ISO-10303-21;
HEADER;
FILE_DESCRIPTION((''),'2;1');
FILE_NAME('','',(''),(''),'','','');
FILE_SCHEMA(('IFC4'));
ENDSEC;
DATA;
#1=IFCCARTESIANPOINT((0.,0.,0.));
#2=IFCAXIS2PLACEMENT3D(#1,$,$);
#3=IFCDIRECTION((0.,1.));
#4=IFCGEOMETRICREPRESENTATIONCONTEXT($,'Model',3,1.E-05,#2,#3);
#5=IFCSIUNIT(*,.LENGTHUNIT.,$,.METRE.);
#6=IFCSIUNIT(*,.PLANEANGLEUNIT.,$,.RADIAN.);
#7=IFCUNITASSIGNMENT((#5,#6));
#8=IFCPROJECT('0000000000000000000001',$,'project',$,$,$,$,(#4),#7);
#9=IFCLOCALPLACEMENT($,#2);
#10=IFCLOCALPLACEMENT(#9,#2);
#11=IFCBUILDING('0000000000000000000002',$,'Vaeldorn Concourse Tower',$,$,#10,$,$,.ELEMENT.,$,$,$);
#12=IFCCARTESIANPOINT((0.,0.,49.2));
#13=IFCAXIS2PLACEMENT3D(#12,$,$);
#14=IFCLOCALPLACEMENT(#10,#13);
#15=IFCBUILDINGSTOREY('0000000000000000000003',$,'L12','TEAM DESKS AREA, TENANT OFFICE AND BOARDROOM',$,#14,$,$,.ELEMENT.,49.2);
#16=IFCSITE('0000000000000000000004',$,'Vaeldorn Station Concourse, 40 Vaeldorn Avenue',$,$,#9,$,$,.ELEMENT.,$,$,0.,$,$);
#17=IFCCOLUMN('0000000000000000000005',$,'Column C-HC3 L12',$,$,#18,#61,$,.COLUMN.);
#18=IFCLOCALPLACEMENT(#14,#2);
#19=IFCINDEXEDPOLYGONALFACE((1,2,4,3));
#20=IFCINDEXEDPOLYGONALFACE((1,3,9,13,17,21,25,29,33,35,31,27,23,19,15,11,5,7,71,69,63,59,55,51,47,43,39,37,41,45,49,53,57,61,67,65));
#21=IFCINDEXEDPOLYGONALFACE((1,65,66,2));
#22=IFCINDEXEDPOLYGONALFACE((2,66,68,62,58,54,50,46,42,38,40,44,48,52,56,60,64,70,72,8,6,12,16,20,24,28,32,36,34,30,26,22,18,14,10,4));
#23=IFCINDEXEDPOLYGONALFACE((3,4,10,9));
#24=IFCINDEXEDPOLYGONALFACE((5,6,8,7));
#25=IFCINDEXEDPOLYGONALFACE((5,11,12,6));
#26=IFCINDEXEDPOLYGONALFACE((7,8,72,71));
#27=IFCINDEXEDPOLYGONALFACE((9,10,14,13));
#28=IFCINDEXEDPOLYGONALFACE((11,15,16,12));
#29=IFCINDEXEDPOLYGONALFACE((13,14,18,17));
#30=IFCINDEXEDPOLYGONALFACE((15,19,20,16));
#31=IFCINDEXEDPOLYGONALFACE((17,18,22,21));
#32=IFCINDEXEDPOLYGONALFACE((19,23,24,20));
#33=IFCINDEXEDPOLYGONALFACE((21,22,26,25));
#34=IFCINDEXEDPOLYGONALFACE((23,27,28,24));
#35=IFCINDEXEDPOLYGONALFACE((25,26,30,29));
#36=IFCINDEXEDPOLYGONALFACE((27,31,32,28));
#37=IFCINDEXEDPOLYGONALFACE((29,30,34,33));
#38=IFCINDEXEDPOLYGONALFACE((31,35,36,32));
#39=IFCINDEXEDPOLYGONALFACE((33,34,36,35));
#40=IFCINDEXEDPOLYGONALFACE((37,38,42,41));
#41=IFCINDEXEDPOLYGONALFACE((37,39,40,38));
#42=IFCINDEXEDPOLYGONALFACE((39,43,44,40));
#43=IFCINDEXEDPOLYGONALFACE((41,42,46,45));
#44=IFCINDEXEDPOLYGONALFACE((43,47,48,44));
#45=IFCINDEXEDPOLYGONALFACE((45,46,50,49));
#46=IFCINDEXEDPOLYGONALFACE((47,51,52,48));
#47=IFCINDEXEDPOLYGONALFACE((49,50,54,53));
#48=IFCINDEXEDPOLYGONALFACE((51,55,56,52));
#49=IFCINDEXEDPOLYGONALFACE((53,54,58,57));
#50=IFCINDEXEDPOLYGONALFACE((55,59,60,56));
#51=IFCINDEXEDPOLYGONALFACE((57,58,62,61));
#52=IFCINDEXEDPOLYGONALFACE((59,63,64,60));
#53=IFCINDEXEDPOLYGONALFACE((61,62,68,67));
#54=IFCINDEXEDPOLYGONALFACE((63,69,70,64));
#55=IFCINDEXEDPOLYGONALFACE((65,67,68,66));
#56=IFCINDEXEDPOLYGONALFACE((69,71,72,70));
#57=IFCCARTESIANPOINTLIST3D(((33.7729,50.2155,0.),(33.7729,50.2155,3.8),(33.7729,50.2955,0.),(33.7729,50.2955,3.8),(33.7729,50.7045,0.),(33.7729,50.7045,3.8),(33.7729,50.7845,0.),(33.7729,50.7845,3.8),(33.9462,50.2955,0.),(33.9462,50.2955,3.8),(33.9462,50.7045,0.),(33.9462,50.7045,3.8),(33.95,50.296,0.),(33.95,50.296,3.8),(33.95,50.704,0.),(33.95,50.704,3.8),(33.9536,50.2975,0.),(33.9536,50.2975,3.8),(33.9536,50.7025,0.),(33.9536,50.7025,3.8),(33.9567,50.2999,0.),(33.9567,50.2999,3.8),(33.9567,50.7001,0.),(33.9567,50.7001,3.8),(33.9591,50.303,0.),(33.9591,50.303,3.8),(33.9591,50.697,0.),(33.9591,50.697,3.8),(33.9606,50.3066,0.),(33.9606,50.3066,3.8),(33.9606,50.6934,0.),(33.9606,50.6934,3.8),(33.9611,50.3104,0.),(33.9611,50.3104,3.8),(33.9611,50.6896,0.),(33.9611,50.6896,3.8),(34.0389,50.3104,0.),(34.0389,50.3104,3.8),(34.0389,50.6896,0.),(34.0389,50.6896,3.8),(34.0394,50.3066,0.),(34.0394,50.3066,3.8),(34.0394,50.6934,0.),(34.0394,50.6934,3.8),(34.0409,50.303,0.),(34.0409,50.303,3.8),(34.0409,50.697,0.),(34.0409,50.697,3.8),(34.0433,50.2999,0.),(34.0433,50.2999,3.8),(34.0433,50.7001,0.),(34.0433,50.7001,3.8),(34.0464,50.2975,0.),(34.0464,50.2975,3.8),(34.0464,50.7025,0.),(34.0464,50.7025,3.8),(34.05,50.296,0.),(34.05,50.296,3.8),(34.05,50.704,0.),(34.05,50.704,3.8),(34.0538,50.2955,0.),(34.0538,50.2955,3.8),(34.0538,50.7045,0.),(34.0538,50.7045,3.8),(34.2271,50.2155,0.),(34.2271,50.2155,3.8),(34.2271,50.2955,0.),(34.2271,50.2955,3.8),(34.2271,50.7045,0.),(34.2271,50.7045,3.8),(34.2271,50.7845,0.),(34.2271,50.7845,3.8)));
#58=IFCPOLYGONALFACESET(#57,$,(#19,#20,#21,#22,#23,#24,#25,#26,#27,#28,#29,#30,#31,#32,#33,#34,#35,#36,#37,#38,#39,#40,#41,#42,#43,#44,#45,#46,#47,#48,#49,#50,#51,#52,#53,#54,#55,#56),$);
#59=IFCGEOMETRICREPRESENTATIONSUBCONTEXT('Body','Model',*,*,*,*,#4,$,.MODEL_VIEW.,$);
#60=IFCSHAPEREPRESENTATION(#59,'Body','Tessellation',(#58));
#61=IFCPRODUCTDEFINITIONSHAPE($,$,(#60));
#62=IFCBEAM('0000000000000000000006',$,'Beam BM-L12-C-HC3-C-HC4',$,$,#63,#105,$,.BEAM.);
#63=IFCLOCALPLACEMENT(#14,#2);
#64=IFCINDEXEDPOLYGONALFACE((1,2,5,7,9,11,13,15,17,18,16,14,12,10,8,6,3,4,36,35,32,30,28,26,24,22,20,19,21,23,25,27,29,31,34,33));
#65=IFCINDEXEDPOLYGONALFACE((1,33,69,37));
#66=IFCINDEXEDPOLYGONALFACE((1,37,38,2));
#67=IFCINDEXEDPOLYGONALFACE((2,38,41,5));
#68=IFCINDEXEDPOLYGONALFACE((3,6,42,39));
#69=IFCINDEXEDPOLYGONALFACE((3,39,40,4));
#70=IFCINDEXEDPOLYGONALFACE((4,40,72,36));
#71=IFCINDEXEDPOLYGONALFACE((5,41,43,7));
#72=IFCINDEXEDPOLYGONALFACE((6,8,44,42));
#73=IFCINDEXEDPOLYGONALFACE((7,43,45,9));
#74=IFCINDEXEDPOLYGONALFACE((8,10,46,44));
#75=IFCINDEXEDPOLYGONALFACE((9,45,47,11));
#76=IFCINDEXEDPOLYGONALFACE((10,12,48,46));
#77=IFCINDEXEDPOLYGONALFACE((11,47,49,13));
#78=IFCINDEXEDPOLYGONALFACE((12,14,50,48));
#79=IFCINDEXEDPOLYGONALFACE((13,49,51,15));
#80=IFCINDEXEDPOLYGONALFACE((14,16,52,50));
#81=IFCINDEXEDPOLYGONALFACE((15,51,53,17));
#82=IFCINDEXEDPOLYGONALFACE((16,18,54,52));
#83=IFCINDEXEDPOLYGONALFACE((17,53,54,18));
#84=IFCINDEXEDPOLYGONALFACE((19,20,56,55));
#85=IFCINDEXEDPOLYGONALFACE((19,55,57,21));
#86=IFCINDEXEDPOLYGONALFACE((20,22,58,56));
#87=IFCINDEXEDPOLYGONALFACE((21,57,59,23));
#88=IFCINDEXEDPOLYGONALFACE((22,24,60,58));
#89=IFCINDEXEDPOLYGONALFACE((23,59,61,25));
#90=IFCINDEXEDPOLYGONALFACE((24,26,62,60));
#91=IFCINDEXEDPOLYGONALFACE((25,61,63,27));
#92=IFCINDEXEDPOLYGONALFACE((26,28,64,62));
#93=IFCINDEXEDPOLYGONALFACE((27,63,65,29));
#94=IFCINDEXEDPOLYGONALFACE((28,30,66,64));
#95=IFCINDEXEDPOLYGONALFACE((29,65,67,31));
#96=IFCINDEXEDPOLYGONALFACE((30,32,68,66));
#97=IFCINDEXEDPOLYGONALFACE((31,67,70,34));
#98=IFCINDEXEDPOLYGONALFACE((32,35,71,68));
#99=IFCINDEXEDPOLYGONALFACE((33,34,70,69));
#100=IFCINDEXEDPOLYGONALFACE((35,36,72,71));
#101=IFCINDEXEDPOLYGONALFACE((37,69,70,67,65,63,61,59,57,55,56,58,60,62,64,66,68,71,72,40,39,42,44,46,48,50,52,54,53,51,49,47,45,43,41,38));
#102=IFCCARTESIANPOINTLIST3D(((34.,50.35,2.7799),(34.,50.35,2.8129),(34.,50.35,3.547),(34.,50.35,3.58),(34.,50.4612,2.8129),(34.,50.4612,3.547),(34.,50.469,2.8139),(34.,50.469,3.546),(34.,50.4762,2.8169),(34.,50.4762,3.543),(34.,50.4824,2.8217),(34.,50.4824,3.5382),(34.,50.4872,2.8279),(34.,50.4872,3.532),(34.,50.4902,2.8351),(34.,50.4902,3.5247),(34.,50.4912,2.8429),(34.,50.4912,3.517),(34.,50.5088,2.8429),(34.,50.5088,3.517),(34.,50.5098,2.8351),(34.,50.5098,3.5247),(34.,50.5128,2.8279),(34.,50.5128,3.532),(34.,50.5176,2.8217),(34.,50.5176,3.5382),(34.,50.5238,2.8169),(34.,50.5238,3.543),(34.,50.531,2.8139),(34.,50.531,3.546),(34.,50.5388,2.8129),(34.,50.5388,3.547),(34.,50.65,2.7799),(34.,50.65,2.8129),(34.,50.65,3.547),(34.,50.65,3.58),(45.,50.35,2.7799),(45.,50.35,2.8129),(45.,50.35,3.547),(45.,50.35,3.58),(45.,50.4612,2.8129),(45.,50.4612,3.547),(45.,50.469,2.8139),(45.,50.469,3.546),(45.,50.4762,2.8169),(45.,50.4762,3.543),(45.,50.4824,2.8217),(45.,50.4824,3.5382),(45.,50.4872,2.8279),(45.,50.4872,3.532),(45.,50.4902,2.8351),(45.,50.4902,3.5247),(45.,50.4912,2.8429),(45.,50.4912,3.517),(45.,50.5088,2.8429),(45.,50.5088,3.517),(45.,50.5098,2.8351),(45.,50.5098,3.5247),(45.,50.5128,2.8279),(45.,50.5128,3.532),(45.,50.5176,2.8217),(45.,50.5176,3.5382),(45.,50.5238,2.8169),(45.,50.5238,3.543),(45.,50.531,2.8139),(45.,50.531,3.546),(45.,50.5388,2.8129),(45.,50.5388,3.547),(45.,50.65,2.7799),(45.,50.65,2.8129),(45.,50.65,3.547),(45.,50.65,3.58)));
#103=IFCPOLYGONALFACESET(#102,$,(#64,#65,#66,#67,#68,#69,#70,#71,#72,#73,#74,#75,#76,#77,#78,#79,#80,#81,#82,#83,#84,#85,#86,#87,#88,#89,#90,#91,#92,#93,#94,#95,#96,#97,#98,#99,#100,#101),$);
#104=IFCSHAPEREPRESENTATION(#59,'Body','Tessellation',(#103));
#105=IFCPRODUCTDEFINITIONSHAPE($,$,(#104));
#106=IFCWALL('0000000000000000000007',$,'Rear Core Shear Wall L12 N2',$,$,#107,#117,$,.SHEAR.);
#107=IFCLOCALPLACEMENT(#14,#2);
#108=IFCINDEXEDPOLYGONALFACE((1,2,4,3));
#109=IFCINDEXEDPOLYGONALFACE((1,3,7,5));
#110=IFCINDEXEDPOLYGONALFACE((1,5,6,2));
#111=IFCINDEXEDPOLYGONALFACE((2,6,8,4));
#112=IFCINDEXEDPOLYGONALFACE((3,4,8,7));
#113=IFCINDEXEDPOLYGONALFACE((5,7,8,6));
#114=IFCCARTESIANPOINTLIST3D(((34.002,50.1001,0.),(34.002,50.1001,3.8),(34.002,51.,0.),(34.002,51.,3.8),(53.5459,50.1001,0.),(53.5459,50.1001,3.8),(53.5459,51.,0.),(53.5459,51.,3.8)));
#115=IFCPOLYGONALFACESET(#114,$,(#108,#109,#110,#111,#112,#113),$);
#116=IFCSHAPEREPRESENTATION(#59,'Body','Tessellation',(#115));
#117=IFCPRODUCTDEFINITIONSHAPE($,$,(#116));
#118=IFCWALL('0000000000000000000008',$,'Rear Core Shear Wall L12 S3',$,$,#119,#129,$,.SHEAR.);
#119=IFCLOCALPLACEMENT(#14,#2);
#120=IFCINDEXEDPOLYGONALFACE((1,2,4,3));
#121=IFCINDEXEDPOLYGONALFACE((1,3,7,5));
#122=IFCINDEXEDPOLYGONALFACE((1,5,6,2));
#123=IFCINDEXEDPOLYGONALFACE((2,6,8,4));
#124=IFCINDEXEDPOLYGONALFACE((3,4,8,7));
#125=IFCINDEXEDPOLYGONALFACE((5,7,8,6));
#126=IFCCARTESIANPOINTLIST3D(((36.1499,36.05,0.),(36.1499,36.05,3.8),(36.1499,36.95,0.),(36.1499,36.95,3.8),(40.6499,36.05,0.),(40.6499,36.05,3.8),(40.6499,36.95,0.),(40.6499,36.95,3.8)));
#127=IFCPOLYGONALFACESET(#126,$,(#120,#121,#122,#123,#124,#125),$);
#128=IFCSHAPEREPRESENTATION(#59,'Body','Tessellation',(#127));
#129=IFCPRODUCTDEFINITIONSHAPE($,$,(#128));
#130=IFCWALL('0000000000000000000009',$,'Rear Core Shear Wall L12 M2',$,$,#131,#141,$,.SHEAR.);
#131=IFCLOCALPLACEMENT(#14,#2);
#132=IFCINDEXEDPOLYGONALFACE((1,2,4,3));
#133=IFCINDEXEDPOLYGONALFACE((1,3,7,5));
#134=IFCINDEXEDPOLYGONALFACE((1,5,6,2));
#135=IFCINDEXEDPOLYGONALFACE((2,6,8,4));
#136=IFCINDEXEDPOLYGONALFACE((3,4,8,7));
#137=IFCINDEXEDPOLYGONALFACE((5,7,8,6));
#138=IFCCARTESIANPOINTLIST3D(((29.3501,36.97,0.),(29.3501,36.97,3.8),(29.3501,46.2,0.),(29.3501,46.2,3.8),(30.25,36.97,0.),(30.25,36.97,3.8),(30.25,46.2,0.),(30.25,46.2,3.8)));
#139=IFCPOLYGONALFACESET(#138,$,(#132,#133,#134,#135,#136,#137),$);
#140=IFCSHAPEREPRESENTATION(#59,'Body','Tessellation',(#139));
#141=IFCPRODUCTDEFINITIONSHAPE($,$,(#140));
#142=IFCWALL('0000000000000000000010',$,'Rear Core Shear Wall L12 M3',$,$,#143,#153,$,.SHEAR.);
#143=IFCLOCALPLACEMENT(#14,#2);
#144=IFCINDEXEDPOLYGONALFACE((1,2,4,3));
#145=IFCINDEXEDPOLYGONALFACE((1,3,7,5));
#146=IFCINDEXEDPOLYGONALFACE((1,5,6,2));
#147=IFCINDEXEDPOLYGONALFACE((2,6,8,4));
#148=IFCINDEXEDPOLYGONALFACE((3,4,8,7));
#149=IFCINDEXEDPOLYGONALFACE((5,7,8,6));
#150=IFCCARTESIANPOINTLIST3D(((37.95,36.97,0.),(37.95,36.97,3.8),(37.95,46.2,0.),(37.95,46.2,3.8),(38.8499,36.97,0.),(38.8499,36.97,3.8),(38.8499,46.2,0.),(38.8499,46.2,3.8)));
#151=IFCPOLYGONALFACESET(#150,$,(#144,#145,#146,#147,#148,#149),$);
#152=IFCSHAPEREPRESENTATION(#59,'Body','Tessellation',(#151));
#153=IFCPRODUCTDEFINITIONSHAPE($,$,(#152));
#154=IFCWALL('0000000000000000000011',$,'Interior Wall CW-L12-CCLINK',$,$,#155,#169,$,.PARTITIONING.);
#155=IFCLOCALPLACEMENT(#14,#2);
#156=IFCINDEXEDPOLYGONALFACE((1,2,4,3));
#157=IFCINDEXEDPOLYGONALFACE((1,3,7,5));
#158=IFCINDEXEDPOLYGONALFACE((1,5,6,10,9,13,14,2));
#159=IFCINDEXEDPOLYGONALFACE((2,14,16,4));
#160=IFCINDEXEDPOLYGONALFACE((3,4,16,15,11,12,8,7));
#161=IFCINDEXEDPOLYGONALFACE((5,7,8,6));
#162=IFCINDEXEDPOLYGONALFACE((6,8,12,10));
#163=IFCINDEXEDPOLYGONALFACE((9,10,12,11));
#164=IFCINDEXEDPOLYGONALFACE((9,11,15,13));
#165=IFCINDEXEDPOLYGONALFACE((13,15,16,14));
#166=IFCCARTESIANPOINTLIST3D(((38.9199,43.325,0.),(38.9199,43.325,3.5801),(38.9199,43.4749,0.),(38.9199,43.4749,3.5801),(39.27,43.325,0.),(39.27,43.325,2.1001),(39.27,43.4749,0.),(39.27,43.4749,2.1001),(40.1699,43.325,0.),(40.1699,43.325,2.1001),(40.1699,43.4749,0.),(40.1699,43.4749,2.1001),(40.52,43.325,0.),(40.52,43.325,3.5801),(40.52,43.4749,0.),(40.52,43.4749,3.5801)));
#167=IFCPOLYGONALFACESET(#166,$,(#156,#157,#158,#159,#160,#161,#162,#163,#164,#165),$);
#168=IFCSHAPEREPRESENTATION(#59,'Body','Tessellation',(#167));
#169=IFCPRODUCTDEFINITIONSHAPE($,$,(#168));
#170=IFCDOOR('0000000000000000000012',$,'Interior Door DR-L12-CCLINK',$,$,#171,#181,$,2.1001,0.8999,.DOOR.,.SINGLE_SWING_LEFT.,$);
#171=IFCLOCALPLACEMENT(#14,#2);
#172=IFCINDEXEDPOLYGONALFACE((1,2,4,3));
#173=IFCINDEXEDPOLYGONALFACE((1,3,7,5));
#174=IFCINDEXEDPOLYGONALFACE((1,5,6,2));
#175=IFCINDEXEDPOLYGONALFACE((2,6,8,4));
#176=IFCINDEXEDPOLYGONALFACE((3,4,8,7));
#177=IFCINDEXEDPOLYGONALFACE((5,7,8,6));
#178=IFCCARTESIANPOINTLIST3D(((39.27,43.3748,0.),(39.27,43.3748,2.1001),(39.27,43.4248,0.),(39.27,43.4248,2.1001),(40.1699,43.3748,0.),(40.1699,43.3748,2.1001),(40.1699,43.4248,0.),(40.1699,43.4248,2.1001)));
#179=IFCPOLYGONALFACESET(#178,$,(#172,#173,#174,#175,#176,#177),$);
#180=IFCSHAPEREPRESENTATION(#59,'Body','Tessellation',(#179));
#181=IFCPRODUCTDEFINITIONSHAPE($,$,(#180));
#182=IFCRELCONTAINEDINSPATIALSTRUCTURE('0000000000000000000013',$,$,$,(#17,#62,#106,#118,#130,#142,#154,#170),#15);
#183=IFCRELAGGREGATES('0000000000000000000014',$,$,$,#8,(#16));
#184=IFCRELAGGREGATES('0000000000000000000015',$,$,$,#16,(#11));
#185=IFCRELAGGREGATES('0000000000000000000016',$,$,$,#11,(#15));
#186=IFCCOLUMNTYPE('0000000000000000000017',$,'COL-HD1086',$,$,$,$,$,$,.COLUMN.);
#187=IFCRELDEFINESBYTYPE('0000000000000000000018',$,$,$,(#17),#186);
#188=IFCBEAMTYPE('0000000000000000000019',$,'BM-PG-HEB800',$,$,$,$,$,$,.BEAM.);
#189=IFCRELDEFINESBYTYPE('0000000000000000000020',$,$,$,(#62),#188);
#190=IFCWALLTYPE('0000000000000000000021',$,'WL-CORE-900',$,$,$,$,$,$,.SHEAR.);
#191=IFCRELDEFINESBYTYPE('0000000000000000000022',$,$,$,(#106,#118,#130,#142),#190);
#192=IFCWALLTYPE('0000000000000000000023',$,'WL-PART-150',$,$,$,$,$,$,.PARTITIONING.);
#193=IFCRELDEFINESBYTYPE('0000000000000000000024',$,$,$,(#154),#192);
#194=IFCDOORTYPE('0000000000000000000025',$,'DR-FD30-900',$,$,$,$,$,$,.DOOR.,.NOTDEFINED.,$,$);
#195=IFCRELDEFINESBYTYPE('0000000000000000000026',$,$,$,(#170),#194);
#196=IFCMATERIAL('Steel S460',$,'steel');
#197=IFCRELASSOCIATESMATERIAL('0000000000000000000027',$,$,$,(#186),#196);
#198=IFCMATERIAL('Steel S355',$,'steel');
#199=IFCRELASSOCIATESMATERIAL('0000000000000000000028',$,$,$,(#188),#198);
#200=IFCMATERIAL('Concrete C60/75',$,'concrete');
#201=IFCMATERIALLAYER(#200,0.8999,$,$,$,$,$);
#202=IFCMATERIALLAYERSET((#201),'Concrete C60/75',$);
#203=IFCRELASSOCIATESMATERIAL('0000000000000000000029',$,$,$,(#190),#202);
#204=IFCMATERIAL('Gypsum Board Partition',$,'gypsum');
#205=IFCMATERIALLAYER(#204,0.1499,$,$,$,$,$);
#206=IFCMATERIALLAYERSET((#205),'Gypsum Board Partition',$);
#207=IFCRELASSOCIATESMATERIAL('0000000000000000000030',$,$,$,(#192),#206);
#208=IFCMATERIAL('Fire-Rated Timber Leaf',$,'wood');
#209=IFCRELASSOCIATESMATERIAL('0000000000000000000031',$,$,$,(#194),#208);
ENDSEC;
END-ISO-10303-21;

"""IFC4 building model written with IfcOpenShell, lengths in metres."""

from ifc_helpers import new_model, si_unit, direction, frame, frame_2d, origin, origin_2d, place, context, subcontext, project, spatial, rectangle, i_section, extrude, source, transform, mapped, material, layer, layer_set, material_profile, profile_set, type_object, element, fill, save


model = new_model("IFC4")

# Units and contexts
model_context = context("Model", 3, precision=1e-05, world=origin(), true_north=direction((0.0, 1.0)))
body_context = subcontext(model_context, "Body", "Model", "MODEL_VIEW")
ifc_project = project(units=[si_unit("LENGTHUNIT", "METRE"), si_unit("PLANEANGLEUNIT", "RADIAN")], contexts=[model_context])

# Site, building, storey
site_placement = place(None, origin())
site = spatial("IfcSite", under=ifc_project, at=site_placement, Name="Vaeldorn Station Concourse, 40 Vaeldorn Avenue", CompositionType="ELEMENT", RefElevation=0.0)
building_placement = place(site_placement, origin())
building = spatial("IfcBuilding", under=site, at=building_placement, Name="Vaeldorn Concourse Tower", CompositionType="ELEMENT")
storey_placement = place(building_placement, frame((0.0, 0.0, 49.2)))
storey = spatial("IfcBuildingStorey", under=building, at=storey_placement, Name="L12", Description="TEAM DESKS AREA, TENANT OFFICE AND BOARDROOM", CompositionType="ELEMENT", Elevation=49.2)

# Column
ifc_material_1 = material(Name="Steel S460", Category="steel")
ifc_material_profile_1 = material_profile(ifc_material_1, i_section(OverallWidth=0.4541, OverallDepth=0.5691, WebThickness=0.0779, FlangeThickness=0.0801, FilletRadius=0.0149, at=origin_2d()), Name="HD 400x1086")
ifc_profile_set_1 = profile_set([ifc_material_profile_1], Name="Steel S460")
column_type = type_object("IfcColumnType", Name="COL-HD1086", PredefinedType="COLUMN", material=ifc_profile_set_1)
shared_shape_1 = source(origin(), body_context, "Body", "SweptSolid", [
    extrude(i_section(OverallWidth=0.4541, OverallDepth=0.5691, WebThickness=0.0779, FlangeThickness=0.0801, FilletRadius=0.0149, at=origin_2d()), origin(), (0.0, 0.0, 1.0), 3.8),
])
column_placement = place(storey_placement, frame((34.0, 50.5, 0.0), z_axis=(0.0, 0.0, 1.0), x_axis=(1.0, 0.0, 0.0)))
element("IfcColumn", 1, at=column_placement, inside=storey, type_object=column_type, Name="Column C-HC3 L12", PredefinedType="COLUMN", context=body_context, shape_type="MappedRepresentation", body=[
    mapped(shared_shape_1, transform((0.0, 0.0, 0.0), scale=1.0)),
])

# Beam
ifc_material_2 = material(Name="Steel S355", Category="steel")
ifc_material_profile_2 = material_profile(ifc_material_2, i_section(OverallWidth=0.3, OverallDepth=0.8, WebThickness=0.0176, FlangeThickness=0.033, FilletRadius=0.03, at=origin_2d()), Name="HEB 800")
ifc_profile_set_2 = profile_set([ifc_material_profile_2], Name="Steel S355")
beam_type = type_object("IfcBeamType", Name="BM-PG-HEB800", PredefinedType="BEAM", material=ifc_profile_set_2)
shared_shape_2 = source(origin(), body_context, "Body", "SweptSolid", [
    extrude(i_section(OverallWidth=0.3, OverallDepth=0.8, WebThickness=0.0176, FlangeThickness=0.033, FilletRadius=0.03, at=origin_2d()), origin(), (0.0, 0.0, 1.0), 11.0),
])
beam_placement = place(storey_placement, frame((34.0, 50.5, 3.1799), z_axis=(1.0, 0.0, 0.0), x_axis=(0.0, 1.0, 0.0)))
element("IfcBeam", 2, at=beam_placement, inside=storey, type_object=beam_type, Name="Beam BM-L12-C-HC3-C-HC4", PredefinedType="BEAM", context=body_context, shape_type="MappedRepresentation", body=[
    mapped(shared_shape_2, transform((0.0, 0.0, 0.0), scale=1.0)),
])

# Walls
ifc_material_3 = material(Name="Concrete C60/75", Category="concrete")
ifc_layer_1 = layer(ifc_material_3, 0.8999)
ifc_layer_set_1 = layer_set([ifc_layer_1], Name="Concrete C60/75")
wall_type_1 = type_object("IfcWallType", Name="WL-CORE-900", PredefinedType="SHEAR", material=ifc_layer_set_1)
wall_1_placement = place(storey_placement, frame((34.002, 50.55, 0.0), z_axis=(0.0, 0.0, 1.0), x_axis=(1.0, 0.0, 0.0)))
element("IfcWall", 3, at=wall_1_placement, inside=storey, type_object=wall_type_1, Name="Rear Core Shear Wall L12 N2", PredefinedType="SHEAR", context=body_context, shape_type="SweptSolid", body=[
    extrude(rectangle(XDim=19.5439, YDim=0.8999, at=frame_2d((9.772, 0.0))), origin(), (0.0, 0.0, 1.0), 3.8),
])
wall_2_placement = place(storey_placement, frame((36.1499, 36.5, 0.0), z_axis=(0.0, 0.0, 1.0), x_axis=(1.0, 0.0, 0.0)))
element("IfcWall", 4, at=wall_2_placement, inside=storey, type_object=wall_type_1, Name="Rear Core Shear Wall L12 S3", PredefinedType="SHEAR", context=body_context, shape_type="SweptSolid", body=[
    extrude(rectangle(XDim=4.5, YDim=0.8999, at=frame_2d((2.25, 0.0))), origin(), (0.0, 0.0, 1.0), 3.8),
])
for number, where, z_axis, x_axis, name in (
    (5, (29.8, 36.97, 0.0), (0.0, 0.0, 1.0), (0.0, 1.0, 0.0), "Rear Core Shear Wall L12 M2"),
    (6, (38.3999, 36.97, 0.0), (0.0, 0.0, 1.0), (0.0, 1.0, 0.0), "Rear Core Shear Wall L12 M3"),
):
    element("IfcWall", number, at=place(storey_placement, frame(where, z_axis=z_axis, x_axis=x_axis)), inside=storey, type_object=wall_type_1, Name=name, PredefinedType="SHEAR", context=body_context, shape_type="SweptSolid", body=[
        extrude(rectangle(XDim=9.23, YDim=0.8999, at=frame_2d((4.615, 0.0))), origin(), (0.0, 0.0, 1.0), 3.8),
    ])

# Wall, opening, door
ifc_material_4 = material(Name="Gypsum Board Partition", Category="gypsum")
ifc_layer_2 = layer(ifc_material_4, 0.1499)
ifc_layer_set_2 = layer_set([ifc_layer_2], Name="Gypsum Board Partition")
wall_type_2 = type_object("IfcWallType", Name="WL-PART-150", PredefinedType="PARTITIONING", material=ifc_layer_set_2)
wall_3_placement = place(storey_placement, frame((38.9199, 43.3999, 0.0), z_axis=(0.0, 0.0, 1.0), x_axis=(1.0, 0.0, 0.0)))
wall_3 = element("IfcWall", 7, at=wall_3_placement, inside=storey, type_object=wall_type_2, Name="Interior Wall CW-L12-CCLINK", PredefinedType="PARTITIONING", context=body_context, shape_type="SweptSolid", body=[
    extrude(rectangle(XDim=1.6001, YDim=0.1499, at=frame_2d((0.8, 0.0))), origin(), (0.0, 0.0, 1.0), 3.5801),
])
opening_placement = place(wall_3_placement, frame((0.3501, 0.0, 0.0)))
opening = element("IfcOpeningElement", 8, at=opening_placement, cuts=wall_3, PredefinedType="OPENING", context=body_context, shape_type="SweptSolid", body=[
    extrude(rectangle(XDim=0.8999, YDim=2.1001, at=frame_2d((0.45, 1.05))), frame((0.0, 0.085, 0.0), z_axis=(0.0, -1.0, 0.0), x_axis=(1.0, 0.0, 0.0)), (0.0, 0.0, 1.0), 0.1699),
])
ifc_material_5 = material(Name="Fire-Rated Timber Leaf", Category="wood")
door_type = type_object("IfcDoorType", Name="DR-FD30-900", OperationType="NOTDEFINED", PredefinedType="DOOR", material=ifc_material_5)
shared_shape_3 = source(origin(), body_context, "Body", "SweptSolid", [
    extrude(rectangle(XDim=0.8999, YDim=2.1001, at=frame_2d((0.45, 1.05))), frame((0.0, 0.0249, 0.0), z_axis=(0.0, -1.0, 0.0), x_axis=(1.0, 0.0, 0.0)), (0.0, 0.0, 1.0), 0.05),
])
door_placement = place(opening_placement, origin())
door = element("IfcDoor", 9, at=door_placement, inside=storey, type_object=door_type, Name="Interior Door DR-L12-CCLINK", OperationType="SINGLE_SWING_LEFT", OverallHeight=2.1001, OverallWidth=0.8999, PredefinedType="DOOR", context=body_context, shape_type="MappedRepresentation", body=[
    mapped(shared_shape_3, transform((0.0, 0.0, 0.0), scale=1.0)),
])
fill(opening, door)

save(model, "model.ifc")
